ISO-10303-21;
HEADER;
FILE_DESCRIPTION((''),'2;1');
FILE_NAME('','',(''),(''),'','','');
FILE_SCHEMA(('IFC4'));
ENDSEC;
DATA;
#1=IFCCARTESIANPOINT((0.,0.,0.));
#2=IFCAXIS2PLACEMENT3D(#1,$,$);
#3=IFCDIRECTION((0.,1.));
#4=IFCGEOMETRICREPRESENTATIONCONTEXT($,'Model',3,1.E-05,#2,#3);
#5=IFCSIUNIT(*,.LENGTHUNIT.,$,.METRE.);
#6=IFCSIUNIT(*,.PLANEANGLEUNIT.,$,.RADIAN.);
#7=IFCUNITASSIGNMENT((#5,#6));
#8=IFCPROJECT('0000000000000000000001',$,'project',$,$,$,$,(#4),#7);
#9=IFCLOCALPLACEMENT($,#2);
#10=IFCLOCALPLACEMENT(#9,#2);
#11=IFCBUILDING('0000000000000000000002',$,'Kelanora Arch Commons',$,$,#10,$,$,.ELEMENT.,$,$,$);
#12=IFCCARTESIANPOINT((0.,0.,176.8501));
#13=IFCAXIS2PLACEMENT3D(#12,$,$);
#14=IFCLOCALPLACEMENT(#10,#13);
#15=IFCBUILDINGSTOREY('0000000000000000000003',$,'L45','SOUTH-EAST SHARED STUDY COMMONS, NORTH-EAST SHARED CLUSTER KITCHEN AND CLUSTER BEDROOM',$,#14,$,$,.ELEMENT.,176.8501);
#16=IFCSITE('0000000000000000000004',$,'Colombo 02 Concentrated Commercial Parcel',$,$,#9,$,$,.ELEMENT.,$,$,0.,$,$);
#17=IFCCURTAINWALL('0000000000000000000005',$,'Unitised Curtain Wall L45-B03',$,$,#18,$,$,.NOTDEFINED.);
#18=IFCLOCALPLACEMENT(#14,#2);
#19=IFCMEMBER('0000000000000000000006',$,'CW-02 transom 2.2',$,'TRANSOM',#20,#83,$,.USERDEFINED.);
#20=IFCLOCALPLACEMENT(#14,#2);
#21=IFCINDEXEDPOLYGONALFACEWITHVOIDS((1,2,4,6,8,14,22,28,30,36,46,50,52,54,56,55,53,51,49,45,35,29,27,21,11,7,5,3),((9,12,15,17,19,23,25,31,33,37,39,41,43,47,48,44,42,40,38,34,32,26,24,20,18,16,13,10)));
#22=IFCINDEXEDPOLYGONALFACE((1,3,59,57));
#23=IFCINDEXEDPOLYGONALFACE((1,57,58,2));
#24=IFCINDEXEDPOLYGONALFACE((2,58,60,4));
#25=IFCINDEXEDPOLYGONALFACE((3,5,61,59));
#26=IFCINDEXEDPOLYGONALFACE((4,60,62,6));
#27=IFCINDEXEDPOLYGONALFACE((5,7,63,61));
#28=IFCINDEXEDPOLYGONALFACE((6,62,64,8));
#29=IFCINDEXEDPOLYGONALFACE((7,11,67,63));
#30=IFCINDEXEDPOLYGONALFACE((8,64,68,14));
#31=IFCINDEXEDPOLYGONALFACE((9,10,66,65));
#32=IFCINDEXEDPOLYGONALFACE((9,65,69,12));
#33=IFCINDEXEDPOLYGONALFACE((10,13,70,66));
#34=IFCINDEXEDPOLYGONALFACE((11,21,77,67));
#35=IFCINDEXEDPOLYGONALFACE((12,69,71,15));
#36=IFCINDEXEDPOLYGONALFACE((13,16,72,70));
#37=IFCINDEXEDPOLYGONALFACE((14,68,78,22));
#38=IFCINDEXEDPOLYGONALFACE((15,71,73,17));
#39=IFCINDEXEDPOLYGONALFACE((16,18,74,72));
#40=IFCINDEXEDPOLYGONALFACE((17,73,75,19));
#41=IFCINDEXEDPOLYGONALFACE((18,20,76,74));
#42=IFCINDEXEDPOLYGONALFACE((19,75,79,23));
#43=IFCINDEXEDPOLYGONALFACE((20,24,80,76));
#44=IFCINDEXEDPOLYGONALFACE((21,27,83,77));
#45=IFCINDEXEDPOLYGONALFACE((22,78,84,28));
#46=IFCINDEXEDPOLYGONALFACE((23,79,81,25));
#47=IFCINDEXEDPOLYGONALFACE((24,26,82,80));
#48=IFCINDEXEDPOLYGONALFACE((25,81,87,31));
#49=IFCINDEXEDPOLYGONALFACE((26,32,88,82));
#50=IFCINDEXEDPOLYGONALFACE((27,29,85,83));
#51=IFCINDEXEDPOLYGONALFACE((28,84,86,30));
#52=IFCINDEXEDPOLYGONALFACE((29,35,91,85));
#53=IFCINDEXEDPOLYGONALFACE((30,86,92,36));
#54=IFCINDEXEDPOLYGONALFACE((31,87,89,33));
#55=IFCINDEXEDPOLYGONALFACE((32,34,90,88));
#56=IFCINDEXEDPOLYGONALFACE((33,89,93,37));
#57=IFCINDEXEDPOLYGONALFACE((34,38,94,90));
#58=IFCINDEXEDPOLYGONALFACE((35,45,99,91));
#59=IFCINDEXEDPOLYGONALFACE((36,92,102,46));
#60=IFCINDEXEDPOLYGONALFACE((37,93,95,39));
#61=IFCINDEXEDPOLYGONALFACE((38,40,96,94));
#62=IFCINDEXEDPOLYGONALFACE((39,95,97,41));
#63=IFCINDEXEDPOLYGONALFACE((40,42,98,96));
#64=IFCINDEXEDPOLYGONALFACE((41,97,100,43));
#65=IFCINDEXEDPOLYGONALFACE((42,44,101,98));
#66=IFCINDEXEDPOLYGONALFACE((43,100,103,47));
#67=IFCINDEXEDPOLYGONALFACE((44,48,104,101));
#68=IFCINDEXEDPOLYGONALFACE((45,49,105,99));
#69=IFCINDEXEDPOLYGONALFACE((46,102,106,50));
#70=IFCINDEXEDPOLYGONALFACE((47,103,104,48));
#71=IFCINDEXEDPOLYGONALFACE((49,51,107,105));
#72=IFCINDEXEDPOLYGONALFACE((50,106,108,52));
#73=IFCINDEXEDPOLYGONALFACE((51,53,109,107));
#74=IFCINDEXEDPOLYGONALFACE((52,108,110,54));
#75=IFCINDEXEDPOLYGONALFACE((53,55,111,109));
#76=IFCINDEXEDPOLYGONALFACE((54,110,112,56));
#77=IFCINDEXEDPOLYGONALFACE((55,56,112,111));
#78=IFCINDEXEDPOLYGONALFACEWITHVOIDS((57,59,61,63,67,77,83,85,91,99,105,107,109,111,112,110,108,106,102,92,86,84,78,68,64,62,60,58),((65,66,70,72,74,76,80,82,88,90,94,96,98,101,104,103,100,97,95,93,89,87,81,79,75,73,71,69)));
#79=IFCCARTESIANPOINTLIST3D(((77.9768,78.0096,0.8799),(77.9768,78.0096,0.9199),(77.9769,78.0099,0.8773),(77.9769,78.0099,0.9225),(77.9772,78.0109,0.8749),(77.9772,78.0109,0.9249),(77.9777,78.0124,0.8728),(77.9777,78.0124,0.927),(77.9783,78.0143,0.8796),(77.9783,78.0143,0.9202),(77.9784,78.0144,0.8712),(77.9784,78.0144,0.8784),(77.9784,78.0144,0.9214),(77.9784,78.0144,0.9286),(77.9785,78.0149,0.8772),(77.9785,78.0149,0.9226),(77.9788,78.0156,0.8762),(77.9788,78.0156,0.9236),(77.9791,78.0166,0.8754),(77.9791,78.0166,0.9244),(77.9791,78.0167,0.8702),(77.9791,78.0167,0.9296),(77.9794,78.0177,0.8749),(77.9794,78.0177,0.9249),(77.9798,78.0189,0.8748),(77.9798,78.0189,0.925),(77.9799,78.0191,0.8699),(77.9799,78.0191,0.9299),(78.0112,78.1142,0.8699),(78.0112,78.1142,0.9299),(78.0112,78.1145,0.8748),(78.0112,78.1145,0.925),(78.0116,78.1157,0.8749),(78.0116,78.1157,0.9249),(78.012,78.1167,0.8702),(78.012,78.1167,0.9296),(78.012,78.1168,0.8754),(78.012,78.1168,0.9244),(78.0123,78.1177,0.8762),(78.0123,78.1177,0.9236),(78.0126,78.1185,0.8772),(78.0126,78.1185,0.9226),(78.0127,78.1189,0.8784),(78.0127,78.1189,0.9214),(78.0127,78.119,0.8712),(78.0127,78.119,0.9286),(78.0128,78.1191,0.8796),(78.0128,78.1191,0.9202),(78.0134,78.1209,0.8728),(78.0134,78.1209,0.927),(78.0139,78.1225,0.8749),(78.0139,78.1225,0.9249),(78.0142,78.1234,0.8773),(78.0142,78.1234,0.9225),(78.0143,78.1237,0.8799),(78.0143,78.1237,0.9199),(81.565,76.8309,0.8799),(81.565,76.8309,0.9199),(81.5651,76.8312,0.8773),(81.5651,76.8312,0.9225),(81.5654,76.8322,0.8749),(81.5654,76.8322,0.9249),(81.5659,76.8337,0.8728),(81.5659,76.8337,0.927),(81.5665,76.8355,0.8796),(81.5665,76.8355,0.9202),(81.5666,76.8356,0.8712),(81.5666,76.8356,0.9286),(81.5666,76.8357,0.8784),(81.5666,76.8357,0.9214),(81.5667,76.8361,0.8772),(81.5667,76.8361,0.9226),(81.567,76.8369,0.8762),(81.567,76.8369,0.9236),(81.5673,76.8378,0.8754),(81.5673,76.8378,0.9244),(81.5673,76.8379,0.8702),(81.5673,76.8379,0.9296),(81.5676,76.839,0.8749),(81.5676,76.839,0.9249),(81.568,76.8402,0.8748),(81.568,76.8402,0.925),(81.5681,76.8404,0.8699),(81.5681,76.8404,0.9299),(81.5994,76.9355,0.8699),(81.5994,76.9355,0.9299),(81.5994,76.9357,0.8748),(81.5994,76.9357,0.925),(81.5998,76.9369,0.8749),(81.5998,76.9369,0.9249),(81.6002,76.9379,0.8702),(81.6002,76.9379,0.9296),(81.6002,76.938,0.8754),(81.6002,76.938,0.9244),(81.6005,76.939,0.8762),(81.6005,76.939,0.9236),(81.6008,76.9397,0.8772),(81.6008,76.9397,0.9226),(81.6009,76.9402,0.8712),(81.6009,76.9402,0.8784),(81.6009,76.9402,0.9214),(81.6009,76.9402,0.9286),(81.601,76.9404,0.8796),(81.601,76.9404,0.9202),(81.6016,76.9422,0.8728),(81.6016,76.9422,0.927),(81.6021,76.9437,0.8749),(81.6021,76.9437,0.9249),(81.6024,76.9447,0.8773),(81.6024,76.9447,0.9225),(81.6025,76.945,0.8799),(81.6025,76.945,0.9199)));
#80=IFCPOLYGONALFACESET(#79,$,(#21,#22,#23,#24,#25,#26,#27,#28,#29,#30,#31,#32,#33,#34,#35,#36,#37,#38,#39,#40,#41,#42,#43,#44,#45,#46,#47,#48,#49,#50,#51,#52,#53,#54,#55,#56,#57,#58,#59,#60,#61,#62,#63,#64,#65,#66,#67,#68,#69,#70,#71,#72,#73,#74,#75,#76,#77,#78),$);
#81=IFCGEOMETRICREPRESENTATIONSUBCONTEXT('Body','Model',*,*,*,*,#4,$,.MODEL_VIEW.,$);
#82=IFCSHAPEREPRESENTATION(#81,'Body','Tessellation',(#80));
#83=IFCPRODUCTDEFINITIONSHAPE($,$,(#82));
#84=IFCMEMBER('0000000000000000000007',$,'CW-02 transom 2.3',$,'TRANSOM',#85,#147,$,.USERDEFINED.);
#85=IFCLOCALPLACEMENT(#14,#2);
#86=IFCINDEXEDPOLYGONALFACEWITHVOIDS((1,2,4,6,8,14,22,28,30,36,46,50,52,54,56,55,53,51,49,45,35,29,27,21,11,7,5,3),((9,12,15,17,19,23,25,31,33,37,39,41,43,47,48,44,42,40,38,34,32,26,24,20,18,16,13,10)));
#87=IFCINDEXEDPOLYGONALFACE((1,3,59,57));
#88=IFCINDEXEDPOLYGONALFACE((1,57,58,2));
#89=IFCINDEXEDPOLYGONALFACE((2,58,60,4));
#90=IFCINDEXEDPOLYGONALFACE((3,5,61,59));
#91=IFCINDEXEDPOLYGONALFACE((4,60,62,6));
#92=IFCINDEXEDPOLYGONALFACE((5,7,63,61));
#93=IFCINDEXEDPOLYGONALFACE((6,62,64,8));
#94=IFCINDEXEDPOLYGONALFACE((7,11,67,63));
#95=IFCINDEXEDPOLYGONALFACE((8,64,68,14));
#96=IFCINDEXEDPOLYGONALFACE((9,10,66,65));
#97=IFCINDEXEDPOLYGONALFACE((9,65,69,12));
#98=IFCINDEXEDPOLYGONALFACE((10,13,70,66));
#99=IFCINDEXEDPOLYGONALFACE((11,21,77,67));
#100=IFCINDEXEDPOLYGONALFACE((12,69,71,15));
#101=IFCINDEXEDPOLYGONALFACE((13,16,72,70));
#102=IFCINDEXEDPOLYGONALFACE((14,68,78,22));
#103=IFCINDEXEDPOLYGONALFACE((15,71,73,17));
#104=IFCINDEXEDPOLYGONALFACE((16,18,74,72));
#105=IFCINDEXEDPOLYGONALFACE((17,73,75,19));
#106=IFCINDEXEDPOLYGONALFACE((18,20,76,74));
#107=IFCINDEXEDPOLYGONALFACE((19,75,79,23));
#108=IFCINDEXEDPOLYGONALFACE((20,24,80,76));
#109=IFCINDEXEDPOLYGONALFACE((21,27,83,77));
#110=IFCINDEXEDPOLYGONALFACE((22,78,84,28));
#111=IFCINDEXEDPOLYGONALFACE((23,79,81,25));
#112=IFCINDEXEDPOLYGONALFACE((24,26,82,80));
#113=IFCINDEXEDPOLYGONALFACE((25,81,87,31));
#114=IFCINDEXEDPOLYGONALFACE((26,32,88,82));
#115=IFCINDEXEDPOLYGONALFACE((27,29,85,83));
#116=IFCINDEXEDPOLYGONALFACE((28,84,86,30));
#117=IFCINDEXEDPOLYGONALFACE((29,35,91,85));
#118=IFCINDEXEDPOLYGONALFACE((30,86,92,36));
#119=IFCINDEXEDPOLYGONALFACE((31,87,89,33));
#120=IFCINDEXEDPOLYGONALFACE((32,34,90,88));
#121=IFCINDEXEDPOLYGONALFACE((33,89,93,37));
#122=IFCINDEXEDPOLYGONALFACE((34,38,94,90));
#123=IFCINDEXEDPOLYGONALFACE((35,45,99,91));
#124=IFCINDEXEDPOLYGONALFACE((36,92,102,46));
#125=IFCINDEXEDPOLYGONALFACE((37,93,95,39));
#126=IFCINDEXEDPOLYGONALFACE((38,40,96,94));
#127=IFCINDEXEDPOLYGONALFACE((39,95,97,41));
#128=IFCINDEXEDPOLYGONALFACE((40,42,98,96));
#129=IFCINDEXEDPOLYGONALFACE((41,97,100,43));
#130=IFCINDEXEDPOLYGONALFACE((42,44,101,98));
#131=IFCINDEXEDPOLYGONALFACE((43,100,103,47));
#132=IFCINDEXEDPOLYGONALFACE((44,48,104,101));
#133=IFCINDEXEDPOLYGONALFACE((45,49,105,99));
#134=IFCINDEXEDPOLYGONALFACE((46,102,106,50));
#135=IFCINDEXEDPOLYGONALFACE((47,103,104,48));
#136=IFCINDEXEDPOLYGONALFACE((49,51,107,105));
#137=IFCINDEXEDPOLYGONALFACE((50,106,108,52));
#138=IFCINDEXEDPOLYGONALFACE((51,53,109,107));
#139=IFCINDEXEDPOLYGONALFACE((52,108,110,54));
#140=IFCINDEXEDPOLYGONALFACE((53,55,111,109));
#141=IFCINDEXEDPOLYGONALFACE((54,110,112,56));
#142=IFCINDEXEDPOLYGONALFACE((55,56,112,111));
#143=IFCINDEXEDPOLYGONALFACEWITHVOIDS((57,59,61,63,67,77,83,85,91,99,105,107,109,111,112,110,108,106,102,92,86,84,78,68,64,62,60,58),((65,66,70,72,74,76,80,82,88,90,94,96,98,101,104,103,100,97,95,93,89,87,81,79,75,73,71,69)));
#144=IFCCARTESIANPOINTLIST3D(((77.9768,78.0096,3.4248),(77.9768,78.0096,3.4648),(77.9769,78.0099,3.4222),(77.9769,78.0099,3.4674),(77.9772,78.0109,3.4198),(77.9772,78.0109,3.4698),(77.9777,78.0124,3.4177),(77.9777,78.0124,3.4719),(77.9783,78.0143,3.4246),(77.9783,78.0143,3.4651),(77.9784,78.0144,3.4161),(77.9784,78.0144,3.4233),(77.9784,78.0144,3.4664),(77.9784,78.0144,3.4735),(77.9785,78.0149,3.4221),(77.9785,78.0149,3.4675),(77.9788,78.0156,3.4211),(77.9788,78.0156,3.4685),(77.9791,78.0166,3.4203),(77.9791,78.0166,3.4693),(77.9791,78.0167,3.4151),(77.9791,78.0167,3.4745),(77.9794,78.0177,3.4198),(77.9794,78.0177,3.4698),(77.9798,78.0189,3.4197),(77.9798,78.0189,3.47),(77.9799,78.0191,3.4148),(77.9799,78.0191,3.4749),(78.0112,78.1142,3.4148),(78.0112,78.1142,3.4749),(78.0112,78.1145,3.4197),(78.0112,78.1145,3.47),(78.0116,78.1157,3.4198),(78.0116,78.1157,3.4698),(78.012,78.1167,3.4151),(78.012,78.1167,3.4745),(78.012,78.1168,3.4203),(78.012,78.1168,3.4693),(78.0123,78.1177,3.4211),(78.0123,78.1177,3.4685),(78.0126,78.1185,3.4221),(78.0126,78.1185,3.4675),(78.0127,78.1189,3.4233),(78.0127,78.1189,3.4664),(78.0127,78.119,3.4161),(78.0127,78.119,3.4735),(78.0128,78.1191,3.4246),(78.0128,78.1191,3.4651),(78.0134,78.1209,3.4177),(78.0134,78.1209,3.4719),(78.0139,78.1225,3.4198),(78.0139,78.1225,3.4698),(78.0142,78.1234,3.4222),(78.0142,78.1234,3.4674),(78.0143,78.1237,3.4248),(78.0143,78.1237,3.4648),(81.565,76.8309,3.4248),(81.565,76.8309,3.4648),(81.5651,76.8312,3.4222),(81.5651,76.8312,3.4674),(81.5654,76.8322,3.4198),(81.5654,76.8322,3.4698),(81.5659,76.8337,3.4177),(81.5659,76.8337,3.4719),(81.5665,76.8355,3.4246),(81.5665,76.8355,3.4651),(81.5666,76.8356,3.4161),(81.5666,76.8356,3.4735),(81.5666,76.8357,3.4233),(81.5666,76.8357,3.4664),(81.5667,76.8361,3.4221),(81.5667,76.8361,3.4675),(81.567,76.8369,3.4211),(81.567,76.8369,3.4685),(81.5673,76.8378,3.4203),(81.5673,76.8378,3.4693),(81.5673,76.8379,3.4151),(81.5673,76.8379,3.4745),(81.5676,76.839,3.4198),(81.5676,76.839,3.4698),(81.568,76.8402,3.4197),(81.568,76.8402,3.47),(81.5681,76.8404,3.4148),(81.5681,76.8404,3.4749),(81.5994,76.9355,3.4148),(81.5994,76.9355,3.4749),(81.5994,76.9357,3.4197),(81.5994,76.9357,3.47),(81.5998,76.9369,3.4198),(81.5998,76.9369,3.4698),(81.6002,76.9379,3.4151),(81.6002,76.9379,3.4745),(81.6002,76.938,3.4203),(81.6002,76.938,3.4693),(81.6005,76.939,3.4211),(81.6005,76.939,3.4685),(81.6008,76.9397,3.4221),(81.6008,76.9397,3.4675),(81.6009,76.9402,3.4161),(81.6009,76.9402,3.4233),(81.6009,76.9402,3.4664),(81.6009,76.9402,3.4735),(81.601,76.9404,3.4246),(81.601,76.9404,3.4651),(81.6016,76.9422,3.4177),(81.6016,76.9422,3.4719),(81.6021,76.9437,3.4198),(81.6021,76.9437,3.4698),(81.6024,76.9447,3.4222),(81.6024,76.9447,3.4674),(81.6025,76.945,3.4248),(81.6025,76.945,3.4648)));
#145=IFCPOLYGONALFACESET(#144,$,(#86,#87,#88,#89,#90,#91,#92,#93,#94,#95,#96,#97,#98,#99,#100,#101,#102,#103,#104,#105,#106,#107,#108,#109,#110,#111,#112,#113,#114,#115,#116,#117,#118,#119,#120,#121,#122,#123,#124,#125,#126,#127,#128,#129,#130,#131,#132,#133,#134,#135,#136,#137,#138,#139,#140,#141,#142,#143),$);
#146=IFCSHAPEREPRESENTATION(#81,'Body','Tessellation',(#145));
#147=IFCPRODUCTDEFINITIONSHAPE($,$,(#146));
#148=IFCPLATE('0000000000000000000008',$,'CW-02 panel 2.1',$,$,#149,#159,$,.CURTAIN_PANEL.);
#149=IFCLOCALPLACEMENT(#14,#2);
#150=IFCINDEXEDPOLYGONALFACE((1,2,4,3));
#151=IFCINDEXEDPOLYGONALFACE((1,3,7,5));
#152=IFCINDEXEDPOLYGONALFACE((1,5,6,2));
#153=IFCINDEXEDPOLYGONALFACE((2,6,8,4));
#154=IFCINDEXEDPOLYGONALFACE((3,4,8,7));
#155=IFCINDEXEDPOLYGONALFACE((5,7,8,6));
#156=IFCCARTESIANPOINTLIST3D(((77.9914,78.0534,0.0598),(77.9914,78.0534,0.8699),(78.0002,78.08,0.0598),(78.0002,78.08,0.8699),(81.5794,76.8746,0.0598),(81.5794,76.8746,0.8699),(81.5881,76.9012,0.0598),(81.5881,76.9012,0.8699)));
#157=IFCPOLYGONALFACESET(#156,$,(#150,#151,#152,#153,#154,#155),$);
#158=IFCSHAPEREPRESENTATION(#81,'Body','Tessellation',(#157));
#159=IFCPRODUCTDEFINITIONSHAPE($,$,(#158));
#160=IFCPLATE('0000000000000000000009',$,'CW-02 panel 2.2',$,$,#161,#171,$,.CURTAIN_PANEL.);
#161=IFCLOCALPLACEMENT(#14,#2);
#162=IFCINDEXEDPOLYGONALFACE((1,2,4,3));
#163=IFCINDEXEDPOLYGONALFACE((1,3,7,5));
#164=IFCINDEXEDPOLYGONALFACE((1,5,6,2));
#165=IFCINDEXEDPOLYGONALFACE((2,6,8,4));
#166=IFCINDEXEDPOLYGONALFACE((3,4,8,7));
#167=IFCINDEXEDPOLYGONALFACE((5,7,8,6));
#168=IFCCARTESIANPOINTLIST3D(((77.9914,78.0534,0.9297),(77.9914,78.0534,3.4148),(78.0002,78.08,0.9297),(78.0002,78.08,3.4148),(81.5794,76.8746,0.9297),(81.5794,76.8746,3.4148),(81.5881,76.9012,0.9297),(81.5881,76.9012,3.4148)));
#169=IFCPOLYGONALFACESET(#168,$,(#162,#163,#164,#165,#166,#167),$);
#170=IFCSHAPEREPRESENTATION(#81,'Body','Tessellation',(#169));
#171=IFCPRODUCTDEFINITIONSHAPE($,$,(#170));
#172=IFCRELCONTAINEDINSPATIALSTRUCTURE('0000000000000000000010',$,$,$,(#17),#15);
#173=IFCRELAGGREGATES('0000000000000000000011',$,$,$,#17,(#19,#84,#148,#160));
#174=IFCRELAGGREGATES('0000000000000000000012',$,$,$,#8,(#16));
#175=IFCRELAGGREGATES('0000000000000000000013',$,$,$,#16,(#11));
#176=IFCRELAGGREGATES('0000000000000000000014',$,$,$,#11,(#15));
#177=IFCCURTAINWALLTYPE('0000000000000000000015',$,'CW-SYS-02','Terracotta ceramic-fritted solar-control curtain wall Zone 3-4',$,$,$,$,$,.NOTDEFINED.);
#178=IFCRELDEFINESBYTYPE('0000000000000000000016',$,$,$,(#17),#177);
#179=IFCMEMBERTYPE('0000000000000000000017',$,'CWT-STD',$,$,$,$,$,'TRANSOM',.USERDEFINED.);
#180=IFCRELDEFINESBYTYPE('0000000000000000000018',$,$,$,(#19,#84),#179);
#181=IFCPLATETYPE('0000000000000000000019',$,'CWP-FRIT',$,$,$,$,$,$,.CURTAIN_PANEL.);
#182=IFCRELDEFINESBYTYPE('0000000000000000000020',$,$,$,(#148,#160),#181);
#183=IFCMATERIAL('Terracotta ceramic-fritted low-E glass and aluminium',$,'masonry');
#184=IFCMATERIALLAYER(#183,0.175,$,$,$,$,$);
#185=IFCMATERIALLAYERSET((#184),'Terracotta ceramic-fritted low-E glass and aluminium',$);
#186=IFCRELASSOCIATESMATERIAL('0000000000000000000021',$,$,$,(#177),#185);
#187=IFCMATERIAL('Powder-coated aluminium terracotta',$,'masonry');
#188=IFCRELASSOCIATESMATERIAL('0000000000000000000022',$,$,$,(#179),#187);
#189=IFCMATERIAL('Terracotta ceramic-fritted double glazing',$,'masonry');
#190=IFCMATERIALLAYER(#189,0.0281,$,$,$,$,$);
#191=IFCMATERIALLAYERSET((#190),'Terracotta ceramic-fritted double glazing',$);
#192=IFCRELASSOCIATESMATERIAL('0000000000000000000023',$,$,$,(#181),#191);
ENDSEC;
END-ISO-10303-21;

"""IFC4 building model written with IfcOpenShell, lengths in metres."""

from ifc_helpers import new_model, si_unit, direction, frame, origin, origin_2d, place, context, subcontext, project, spatial, rectangle, hollow_rectangle, extrude, source, transform, mapped, material, layer, layer_set, material_profile, profile_set, type_object, element, aggregate, save


model = new_model("IFC4")

# Units and contexts
model_context = context("Model", 3, precision=1e-05, world=origin(), true_north=direction((0.0, 1.0)))
body_context = subcontext(model_context, "Body", "Model", "MODEL_VIEW")
ifc_project = project(units=[si_unit("LENGTHUNIT", "METRE"), si_unit("PLANEANGLEUNIT", "RADIAN")], contexts=[model_context])

# Site, building, storey
site_placement = place(None, origin())
site = spatial("IfcSite", under=ifc_project, at=site_placement, Name="Colombo 02 Concentrated Commercial Parcel", CompositionType="ELEMENT", RefElevation=0.0)
building_placement = place(site_placement, origin())
building = spatial("IfcBuilding", under=site, at=building_placement, Name="Kelanora Arch Commons", CompositionType="ELEMENT")
storey_placement = place(building_placement, frame((0.0, 0.0, 176.8501)))
storey = spatial("IfcBuildingStorey", under=building, at=storey_placement, Name="L45", Description="SOUTH-EAST SHARED STUDY COMMONS, NORTH-EAST SHARED CLUSTER KITCHEN AND CLUSTER BEDROOM", CompositionType="ELEMENT", Elevation=176.8501)

# Curtain wall, members, plates
ifc_material_1 = material(Name="Terracotta ceramic-fritted low-E glass and aluminium", Category="masonry")
ifc_layer_1 = layer(ifc_material_1, 0.175)
ifc_layer_set_1 = layer_set([ifc_layer_1], Name="Terracotta ceramic-fritted low-E glass and aluminium")
curtain_wall_type = type_object("IfcCurtainWallType", Name="CW-SYS-02", Description="Terracotta ceramic-fritted solar-control curtain wall Zone 3-4", PredefinedType="NOTDEFINED", material=ifc_layer_set_1)
curtain_wall_placement = place(storey_placement, origin())
curtain_wall = element("IfcCurtainWall", 1, at=curtain_wall_placement, inside=storey, type_object=curtain_wall_type, Name="Unitised Curtain Wall L45-B03", PredefinedType="NOTDEFINED")
ifc_material_2 = material(Name="Powder-coated aluminium terracotta", Category="masonry")
ifc_material_profile_1 = material_profile(ifc_material_2, hollow_rectangle(XDim=0.1201, YDim=0.0601, WallThickness=0.0049, InnerFilletRadius=0.0049, OuterFilletRadius=0.01, at=origin_2d()), Name="CWT120x60")
ifc_profile_set_1 = profile_set([ifc_material_profile_1], Name="Powder-coated aluminium terracotta")
member_type_1 = type_object("IfcMemberType", Name="CWT-STD", ElementType="TRANSOM", PredefinedType="USERDEFINED", material=ifc_profile_set_1)
member_1_placement = place(storey_placement, frame((81.5837, 76.8879, 0.8999), z_axis=(-0.950051, 0.312094, 0.0), x_axis=(-0.312094, -0.950051, 0.0)))
member_1 = element("IfcMember", 2, at=member_1_placement, type_object=member_type_1, Name="CW-02 transom 2.2", ObjectType="TRANSOM", PredefinedType="USERDEFINED", context=body_context, shape_type="SweptSolid", body=[
    extrude(hollow_rectangle(XDim=0.1201, YDim=0.0601, WallThickness=0.0049, InnerFilletRadius=0.0049, OuterFilletRadius=0.01, at=origin_2d()), origin(), (0.0, 0.0, 1.0), 3.7769),
])
member_2_placement = place(storey_placement, frame((81.5837, 76.8879, 3.4448), z_axis=(-0.950051, 0.312094, 0.0), x_axis=(-0.312094, -0.950051, 0.0)))
member_2 = element("IfcMember", 3, at=member_2_placement, type_object=member_type_1, Name="CW-02 transom 2.3", ObjectType="TRANSOM", PredefinedType="USERDEFINED", context=body_context, shape_type="SweptSolid", body=[
    extrude(hollow_rectangle(XDim=0.1201, YDim=0.0601, WallThickness=0.0049, InnerFilletRadius=0.0049, OuterFilletRadius=0.01, at=origin_2d()), origin(), (0.0, 0.0, 1.0), 3.7769),
])
ifc_material_3 = material(Name="Terracotta ceramic-fritted double glazing", Category="masonry")
ifc_layer_2 = layer(ifc_material_3, 0.0281)
ifc_layer_set_2 = layer_set([ifc_layer_2], Name="Terracotta ceramic-fritted double glazing")
plate_type = type_object("IfcPlateType", Name="CWP-FRIT", PredefinedType="CURTAIN_PANEL", material=ifc_layer_set_2)
shared_shape_1 = source(origin(), body_context, "Body", "SweptSolid", [
    extrude(rectangle(XDim=3.7766, YDim=0.0281, at=origin_2d()), origin(), (0.0, 0.0, 1.0), 0.8101),
])
plate_1_placement = place(storey_placement, frame((79.7898, 77.4773, 0.0598), z_axis=(0.0, 0.0, 1.0), x_axis=(-0.95004, 0.312128, 0.0)))
plate_1 = element("IfcPlate", 4, at=plate_1_placement, type_object=plate_type, Name="CW-02 panel 2.1", PredefinedType="CURTAIN_PANEL", context=body_context, shape_type="MappedRepresentation", body=[
    mapped(shared_shape_1, transform((0.0, 0.0, 0.0), scale=1.0)),
])
shared_shape_2 = source(origin(), body_context, "Body", "SweptSolid", [
    extrude(rectangle(XDim=3.7766, YDim=0.0281, at=origin_2d()), origin(), (0.0, 0.0, 1.0), 2.4851),
])
plate_2_placement = place(storey_placement, frame((79.7898, 77.4773, 0.9297), z_axis=(0.0, 0.0, 1.0), x_axis=(-0.95004, 0.312128, 0.0)))
plate_2 = element("IfcPlate", 5, at=plate_2_placement, type_object=plate_type, Name="CW-02 panel 2.2", PredefinedType="CURTAIN_PANEL", context=body_context, shape_type="MappedRepresentation", body=[
    mapped(shared_shape_2, transform((0.0, 0.0, 0.0), scale=1.0)),
])
aggregate(curtain_wall, [member_1, member_2, plate_1, plate_2])

save(model, "model.ifc")
